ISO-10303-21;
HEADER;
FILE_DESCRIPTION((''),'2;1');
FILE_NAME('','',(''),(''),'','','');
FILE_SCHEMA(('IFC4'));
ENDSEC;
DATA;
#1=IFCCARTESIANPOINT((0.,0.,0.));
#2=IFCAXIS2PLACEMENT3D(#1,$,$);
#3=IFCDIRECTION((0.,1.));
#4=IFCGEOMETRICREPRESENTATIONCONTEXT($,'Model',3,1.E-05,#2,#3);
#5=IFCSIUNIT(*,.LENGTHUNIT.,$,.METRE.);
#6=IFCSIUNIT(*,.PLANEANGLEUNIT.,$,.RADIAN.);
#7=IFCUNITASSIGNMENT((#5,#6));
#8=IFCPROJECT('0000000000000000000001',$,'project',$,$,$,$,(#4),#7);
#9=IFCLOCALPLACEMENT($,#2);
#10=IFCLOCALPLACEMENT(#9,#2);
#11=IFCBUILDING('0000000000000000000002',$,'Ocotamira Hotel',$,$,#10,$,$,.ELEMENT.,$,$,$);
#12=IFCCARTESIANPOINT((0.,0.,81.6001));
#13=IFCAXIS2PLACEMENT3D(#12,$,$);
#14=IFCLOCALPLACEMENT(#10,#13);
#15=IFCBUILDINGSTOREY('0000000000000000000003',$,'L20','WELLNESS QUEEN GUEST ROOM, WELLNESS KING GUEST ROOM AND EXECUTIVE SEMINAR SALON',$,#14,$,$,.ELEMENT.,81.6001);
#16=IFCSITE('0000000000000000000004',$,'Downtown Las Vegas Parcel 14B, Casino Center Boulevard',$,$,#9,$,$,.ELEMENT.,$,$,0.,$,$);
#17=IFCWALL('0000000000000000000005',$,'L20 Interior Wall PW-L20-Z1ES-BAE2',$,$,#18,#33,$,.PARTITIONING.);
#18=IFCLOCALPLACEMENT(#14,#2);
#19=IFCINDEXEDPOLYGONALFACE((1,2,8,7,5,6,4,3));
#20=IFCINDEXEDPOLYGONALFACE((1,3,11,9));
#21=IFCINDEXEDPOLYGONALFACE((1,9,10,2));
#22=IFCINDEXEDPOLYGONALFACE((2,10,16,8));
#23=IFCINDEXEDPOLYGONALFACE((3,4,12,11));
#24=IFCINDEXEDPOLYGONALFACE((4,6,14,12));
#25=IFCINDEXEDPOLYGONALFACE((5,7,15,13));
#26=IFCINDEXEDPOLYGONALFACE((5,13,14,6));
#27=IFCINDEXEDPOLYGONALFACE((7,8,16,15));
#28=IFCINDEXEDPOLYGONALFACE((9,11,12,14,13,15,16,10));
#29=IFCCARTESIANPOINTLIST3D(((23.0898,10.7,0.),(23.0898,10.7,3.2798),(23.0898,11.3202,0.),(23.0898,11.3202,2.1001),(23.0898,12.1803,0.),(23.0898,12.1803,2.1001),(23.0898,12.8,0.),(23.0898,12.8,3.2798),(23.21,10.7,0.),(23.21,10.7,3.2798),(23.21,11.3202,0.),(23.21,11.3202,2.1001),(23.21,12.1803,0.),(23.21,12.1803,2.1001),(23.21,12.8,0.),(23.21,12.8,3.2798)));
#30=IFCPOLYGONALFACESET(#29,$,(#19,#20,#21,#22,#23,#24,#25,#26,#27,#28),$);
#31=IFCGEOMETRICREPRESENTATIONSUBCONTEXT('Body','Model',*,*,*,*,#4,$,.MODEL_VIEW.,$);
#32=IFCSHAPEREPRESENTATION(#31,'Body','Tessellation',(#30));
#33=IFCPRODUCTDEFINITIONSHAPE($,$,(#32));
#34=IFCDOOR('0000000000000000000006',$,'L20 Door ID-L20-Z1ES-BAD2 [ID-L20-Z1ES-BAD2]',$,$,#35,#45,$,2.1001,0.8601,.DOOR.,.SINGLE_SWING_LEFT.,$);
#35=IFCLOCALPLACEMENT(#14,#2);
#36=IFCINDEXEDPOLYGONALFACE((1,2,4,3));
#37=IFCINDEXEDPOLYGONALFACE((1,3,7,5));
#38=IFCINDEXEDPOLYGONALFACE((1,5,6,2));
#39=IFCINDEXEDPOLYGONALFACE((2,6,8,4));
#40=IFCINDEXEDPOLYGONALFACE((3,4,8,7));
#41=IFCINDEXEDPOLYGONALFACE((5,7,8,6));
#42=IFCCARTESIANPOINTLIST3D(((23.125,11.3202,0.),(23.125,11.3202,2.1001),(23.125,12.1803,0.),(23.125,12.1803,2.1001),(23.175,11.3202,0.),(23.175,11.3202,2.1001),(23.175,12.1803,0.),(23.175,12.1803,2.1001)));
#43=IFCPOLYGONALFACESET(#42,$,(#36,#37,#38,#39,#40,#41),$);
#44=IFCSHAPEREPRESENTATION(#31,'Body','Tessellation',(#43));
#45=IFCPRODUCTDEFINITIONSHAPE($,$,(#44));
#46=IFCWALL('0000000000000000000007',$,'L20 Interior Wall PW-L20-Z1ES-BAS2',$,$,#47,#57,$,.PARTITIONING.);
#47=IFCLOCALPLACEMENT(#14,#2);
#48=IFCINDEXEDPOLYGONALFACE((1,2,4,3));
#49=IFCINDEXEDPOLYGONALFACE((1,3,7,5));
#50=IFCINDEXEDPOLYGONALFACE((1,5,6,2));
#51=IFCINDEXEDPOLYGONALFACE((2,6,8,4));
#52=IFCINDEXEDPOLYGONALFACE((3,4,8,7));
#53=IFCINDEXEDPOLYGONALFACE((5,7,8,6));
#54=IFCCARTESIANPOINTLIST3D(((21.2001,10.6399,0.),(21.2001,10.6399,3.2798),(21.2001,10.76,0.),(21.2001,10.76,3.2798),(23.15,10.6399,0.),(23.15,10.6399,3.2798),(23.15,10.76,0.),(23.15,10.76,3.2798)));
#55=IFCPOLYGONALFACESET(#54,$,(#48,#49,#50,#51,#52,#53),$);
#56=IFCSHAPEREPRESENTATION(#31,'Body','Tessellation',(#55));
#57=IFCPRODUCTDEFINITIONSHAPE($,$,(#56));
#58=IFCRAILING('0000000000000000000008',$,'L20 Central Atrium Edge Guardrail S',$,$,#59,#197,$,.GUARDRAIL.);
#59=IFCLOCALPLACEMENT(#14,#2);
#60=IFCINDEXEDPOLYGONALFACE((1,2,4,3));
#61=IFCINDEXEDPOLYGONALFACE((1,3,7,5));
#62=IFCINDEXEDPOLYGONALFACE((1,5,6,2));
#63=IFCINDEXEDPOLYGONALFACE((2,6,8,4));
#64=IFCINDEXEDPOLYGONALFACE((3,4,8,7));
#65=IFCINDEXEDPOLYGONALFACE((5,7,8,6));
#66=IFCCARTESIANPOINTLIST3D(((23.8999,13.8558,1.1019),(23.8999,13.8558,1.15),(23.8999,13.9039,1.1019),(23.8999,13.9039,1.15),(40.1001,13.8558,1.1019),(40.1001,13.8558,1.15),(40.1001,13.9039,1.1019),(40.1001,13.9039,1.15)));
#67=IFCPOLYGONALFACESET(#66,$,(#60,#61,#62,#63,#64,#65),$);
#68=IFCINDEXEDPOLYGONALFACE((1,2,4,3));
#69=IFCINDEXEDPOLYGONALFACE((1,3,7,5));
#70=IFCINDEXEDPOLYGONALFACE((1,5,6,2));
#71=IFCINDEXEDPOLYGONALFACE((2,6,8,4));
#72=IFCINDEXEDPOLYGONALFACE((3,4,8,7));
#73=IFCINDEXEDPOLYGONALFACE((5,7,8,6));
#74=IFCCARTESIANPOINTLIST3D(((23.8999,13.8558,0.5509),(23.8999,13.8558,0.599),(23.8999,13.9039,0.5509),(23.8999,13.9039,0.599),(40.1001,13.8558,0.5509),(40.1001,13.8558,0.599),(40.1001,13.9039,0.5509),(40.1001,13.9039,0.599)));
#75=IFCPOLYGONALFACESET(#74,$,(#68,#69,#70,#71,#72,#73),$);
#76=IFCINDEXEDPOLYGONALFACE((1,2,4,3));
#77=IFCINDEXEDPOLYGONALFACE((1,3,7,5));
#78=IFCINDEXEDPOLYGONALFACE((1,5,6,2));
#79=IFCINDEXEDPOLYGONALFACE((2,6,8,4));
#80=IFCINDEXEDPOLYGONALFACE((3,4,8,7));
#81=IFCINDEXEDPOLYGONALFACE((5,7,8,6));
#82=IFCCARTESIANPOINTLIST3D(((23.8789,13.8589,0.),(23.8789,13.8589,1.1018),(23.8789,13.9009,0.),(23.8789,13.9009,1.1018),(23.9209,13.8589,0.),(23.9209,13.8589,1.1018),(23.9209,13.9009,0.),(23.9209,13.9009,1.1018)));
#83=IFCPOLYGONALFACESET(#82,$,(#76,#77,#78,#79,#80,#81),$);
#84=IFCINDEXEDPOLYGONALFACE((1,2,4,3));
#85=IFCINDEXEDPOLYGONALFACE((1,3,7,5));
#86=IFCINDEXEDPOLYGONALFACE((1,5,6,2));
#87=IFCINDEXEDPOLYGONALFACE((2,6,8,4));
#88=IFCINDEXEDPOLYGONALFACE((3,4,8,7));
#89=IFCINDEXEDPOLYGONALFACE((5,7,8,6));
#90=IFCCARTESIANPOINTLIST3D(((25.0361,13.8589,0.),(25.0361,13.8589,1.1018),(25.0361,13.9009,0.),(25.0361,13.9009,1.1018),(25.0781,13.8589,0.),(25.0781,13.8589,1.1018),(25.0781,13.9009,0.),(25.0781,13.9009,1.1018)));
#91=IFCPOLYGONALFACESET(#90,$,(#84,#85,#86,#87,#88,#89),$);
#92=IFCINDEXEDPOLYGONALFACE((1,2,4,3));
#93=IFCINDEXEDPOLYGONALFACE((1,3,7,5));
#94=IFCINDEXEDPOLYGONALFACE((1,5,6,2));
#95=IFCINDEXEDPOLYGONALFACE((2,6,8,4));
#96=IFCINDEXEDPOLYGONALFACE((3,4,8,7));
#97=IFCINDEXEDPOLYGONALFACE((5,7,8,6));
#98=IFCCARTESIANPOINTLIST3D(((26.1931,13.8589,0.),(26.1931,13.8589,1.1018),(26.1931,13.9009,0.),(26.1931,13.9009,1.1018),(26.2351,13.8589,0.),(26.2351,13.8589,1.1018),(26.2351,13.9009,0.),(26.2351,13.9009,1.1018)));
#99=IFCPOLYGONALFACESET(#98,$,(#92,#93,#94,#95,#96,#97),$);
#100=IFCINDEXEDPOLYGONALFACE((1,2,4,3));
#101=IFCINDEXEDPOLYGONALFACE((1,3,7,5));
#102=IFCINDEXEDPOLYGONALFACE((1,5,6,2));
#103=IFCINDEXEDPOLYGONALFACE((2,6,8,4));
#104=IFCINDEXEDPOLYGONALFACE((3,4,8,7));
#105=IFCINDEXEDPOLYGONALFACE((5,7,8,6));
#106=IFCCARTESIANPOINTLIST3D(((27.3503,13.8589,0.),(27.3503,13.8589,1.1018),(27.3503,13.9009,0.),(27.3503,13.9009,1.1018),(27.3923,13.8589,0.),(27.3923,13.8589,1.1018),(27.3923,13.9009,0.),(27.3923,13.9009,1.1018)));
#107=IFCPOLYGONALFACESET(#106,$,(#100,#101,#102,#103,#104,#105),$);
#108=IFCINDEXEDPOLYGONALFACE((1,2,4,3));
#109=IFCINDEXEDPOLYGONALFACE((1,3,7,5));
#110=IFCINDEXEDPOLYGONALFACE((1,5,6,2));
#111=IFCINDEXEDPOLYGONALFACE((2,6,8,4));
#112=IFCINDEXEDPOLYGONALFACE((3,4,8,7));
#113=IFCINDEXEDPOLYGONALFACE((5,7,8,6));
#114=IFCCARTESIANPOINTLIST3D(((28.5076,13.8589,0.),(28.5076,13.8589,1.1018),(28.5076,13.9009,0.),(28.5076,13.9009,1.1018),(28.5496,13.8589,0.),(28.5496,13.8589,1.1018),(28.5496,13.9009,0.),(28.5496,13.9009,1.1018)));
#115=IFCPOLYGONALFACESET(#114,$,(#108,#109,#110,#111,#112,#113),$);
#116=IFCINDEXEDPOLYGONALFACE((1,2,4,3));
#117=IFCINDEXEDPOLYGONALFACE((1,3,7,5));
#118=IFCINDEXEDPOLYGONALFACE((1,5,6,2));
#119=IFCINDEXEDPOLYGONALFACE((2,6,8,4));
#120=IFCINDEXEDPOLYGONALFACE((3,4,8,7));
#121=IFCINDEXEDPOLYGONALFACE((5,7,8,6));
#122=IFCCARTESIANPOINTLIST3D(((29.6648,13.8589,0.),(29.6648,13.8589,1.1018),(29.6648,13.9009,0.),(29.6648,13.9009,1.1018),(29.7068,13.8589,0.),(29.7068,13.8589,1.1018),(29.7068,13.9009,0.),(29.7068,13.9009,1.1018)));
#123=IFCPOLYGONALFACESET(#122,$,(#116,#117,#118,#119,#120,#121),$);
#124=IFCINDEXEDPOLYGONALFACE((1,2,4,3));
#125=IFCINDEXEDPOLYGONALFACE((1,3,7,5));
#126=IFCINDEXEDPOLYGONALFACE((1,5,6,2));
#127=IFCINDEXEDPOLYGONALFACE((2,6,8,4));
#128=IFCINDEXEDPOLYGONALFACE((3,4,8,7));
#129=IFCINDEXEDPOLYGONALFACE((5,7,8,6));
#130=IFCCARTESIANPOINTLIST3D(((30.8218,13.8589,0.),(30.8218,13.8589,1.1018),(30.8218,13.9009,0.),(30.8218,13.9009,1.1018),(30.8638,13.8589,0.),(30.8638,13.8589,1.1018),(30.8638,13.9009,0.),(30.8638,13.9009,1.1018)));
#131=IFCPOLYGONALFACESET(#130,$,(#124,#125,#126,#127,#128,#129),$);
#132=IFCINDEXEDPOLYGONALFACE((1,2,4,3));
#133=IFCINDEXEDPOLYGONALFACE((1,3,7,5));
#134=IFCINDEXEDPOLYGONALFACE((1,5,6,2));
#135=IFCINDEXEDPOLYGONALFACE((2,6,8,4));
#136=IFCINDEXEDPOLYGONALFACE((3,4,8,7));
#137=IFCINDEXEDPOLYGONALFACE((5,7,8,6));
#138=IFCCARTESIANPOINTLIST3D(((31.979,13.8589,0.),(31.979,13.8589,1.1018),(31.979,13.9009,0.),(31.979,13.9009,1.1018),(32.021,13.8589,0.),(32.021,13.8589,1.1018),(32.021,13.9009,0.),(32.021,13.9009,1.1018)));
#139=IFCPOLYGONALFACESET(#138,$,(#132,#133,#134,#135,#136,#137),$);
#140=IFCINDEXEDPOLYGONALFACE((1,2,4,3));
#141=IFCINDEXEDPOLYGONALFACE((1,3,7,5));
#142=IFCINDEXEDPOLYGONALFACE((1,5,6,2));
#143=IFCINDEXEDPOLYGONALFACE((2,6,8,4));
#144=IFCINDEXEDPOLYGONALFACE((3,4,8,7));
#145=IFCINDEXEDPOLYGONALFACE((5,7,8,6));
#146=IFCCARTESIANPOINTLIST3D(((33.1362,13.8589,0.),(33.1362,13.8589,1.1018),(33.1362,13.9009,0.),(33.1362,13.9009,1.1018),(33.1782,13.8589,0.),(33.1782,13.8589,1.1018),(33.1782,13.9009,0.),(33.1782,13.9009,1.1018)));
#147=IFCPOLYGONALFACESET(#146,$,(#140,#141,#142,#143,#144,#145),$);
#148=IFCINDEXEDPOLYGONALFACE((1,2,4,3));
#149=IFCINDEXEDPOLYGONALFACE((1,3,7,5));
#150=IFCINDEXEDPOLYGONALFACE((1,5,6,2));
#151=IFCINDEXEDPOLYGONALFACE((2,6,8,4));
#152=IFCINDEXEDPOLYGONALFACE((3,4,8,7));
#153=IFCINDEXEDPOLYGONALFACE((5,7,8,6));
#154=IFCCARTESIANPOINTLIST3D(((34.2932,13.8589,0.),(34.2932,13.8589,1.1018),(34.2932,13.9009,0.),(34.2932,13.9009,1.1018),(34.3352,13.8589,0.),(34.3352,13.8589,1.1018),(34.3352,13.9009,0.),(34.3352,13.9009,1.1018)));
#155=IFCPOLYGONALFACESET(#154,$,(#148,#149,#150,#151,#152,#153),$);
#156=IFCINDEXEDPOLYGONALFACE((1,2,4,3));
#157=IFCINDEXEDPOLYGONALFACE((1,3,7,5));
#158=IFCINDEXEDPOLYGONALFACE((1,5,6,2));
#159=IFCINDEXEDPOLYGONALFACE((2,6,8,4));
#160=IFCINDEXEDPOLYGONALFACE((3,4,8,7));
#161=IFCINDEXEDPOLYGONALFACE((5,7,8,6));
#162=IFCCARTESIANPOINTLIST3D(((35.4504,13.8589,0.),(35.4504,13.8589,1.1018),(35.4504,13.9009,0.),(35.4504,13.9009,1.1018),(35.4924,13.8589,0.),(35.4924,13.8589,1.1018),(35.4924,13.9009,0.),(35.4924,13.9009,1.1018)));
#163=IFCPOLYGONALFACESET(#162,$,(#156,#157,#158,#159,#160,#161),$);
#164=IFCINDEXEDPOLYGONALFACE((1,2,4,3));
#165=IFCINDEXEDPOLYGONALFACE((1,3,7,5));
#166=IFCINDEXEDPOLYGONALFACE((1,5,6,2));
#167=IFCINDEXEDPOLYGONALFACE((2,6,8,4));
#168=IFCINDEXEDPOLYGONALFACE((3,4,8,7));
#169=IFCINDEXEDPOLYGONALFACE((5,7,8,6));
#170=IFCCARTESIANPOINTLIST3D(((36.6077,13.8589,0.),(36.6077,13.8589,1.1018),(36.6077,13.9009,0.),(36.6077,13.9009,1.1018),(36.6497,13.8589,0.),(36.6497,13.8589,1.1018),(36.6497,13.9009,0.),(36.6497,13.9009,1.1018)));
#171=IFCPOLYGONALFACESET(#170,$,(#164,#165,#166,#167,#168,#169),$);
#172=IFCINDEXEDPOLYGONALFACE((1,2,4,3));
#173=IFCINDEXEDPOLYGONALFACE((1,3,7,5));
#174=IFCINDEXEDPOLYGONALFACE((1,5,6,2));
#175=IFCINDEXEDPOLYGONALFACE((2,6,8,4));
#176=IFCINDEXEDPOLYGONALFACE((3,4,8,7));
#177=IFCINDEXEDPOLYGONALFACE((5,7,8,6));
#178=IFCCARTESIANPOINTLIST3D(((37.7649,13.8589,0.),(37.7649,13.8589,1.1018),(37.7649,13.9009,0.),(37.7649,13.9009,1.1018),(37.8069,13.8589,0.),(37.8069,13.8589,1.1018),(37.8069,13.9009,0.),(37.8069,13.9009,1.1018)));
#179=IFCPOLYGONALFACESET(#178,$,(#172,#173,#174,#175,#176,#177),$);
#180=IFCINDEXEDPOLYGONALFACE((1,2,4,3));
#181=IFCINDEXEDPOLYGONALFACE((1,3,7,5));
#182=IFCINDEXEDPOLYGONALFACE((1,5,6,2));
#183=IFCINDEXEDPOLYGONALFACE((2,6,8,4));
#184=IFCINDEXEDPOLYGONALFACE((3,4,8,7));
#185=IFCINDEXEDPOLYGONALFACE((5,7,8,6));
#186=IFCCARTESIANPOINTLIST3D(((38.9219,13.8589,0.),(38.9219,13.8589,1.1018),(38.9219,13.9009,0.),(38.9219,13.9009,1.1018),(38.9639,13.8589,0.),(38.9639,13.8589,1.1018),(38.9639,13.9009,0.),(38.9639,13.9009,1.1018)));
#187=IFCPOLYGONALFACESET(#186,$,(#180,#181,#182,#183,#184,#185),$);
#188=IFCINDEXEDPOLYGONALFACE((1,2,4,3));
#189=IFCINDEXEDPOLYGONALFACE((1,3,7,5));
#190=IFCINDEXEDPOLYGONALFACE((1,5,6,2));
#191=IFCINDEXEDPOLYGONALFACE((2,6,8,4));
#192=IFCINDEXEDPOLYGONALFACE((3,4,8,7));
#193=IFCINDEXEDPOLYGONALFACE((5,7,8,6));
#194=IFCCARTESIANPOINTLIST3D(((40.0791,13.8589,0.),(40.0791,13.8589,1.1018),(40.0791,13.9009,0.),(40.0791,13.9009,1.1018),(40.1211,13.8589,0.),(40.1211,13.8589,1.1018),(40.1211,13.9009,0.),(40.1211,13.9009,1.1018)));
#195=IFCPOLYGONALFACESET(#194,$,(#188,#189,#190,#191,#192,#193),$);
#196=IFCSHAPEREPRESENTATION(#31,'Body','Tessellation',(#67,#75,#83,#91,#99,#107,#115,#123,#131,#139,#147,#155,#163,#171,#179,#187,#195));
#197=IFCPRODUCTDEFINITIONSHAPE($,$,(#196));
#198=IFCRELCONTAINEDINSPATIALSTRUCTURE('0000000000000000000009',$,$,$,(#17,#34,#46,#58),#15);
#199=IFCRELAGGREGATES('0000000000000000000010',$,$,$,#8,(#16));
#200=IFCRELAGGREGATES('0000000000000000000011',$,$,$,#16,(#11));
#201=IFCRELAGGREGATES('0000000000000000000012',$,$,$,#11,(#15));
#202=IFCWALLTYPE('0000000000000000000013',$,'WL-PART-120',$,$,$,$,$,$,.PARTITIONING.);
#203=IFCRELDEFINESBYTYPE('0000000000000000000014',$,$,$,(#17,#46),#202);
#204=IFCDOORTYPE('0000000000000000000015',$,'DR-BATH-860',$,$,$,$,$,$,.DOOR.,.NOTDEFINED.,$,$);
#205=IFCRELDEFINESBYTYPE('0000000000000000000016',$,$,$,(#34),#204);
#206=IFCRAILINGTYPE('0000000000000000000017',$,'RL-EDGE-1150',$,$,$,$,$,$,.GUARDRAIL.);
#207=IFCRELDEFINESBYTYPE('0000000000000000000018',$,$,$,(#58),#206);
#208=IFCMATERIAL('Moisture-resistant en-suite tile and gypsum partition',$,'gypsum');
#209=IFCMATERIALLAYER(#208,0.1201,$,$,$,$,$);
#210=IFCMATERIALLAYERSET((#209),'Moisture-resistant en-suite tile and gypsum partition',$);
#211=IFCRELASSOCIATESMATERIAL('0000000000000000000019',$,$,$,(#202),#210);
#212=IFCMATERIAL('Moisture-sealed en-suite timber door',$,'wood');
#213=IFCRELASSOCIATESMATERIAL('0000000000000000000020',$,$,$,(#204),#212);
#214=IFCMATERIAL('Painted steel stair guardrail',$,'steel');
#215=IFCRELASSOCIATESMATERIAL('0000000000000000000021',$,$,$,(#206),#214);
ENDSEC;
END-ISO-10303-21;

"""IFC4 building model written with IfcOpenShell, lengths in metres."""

from ifc_helpers import new_model, si_unit, direction, frame, frame_2d, origin, origin_2d, place, context, subcontext, project, spatial, rectangle, extrude, source, transform, mapped, material, layer, layer_set, type_object, element, fill, save


model = new_model("IFC4")

# Units and contexts
model_context = context("Model", 3, precision=1e-05, world=origin(), true_north=direction((0.0, 1.0)))
body_context = subcontext(model_context, "Body", "Model", "MODEL_VIEW")
ifc_project = project(units=[si_unit("LENGTHUNIT", "METRE"), si_unit("PLANEANGLEUNIT", "RADIAN")], contexts=[model_context])

# Site, building, storey
site_placement = place(None, origin())
site = spatial("IfcSite", under=ifc_project, at=site_placement, Name="Downtown Las Vegas Parcel 14B, Casino Center Boulevard", CompositionType="ELEMENT", RefElevation=0.0)
building_placement = place(site_placement, origin())
building = spatial("IfcBuilding", under=site, at=building_placement, Name="Ocotamira Hotel", CompositionType="ELEMENT")
storey_placement = place(building_placement, frame((0.0, 0.0, 81.6001)))
storey = spatial("IfcBuildingStorey", under=building, at=storey_placement, Name="L20", Description="WELLNESS QUEEN GUEST ROOM, WELLNESS KING GUEST ROOM AND EXECUTIVE SEMINAR SALON", CompositionType="ELEMENT", Elevation=81.6001)

# Shared definitions
ifc_material_1 = material(Name="Moisture-resistant en-suite tile and gypsum partition", Category="gypsum")
ifc_layer_1 = layer(ifc_material_1, 0.1201)
ifc_layer_set_1 = layer_set([ifc_layer_1], Name="Moisture-resistant en-suite tile and gypsum partition")
wall_type_1 = type_object("IfcWallType", Name="WL-PART-120", PredefinedType="PARTITIONING", material=ifc_layer_set_1)

# Wall, opening, door
wall_1_placement = place(storey_placement, frame((23.1499, 10.7, 0.0), z_axis=(0.0, 0.0, 1.0), x_axis=(0.0, 1.0, 0.0)))
wall_1 = element("IfcWall", 1, at=wall_1_placement, inside=storey, type_object=wall_type_1, Name="L20 Interior Wall PW-L20-Z1ES-BAE2", PredefinedType="PARTITIONING", context=body_context, shape_type="SweptSolid", body=[
    extrude(rectangle(XDim=2.1001, YDim=0.1201, at=frame_2d((1.05, 0.0))), origin(), (0.0, 0.0, 1.0), 3.2798),
])
opening_1_placement = place(wall_1_placement, frame((0.6201, 0.0, 0.0)))
opening_1 = element("IfcOpeningElement", 2, at=opening_1_placement, cuts=wall_1, PredefinedType="OPENING", context=body_context, shape_type="SweptSolid", body=[
    extrude(rectangle(XDim=0.8601, YDim=2.1001, at=frame_2d((0.4302, 1.05))), frame((0.0, 0.0701, 0.0), z_axis=(0.0, -1.0, 0.0), x_axis=(1.0, 0.0, 0.0)), (0.0, 0.0, 1.0), 0.1401),
])
ifc_material_2 = material(Name="Moisture-sealed en-suite timber door", Category="wood")
door_type_1 = type_object("IfcDoorType", Name="DR-BATH-860", OperationType="NOTDEFINED", PredefinedType="DOOR", material=ifc_material_2)
shared_shape_1 = source(origin(), body_context, "Body", "SweptSolid", [
    extrude(rectangle(XDim=0.8601, YDim=2.1001, at=frame_2d((0.4302, 1.05))), frame((0.0, 0.0249, 0.0), z_axis=(0.0, -1.0, 0.0), x_axis=(1.0, 0.0, 0.0)), (0.0, 0.0, 1.0), 0.05),
])
door_1_placement = place(opening_1_placement, origin())
door_1 = element("IfcDoor", 3, at=door_1_placement, inside=storey, type_object=door_type_1, Name="L20 Door ID-L20-Z1ES-BAD2 [ID-L20-Z1ES-BAD2]", OperationType="SINGLE_SWING_LEFT", OverallHeight=2.1001, OverallWidth=0.8601, PredefinedType="DOOR", context=body_context, shape_type="MappedRepresentation", body=[
    mapped(shared_shape_1, transform((0.0, 0.0, 0.0), scale=1.0)),
])
fill(opening_1, door_1)

# Wall
wall_2_placement = place(storey_placement, frame((21.2, 10.7, 0.0), z_axis=(0.0, 0.0, 1.0), x_axis=(1.0, 0.0, 0.0)))
element("IfcWall", 4, at=wall_2_placement, inside=storey, type_object=wall_type_1, Name="L20 Interior Wall PW-L20-Z1ES-BAS2", PredefinedType="PARTITIONING", context=body_context, shape_type="SweptSolid", body=[
    extrude(rectangle(XDim=1.95, YDim=0.1201, at=frame_2d((0.9751, 0.0))), origin(), (0.0, 0.0, 1.0), 3.2798),
])

# Railing
ifc_material_3 = material(Name="Painted steel stair guardrail", Category="steel")
railing_type = type_object("IfcRailingType", Name="RL-EDGE-1150", PredefinedType="GUARDRAIL", material=ifc_material_3)
railing_placement = place(storey_placement, frame((23.8999, 13.8799, 0.0)))
element("IfcRailing", 5, at=railing_placement, inside=storey, type_object=railing_type, Name="L20 Central Atrium Edge Guardrail S", PredefinedType="GUARDRAIL", context=body_context, shape_type="SweptSolid", body=[
    extrude(rectangle(XDim=0.0481, YDim=0.0481, at=origin_2d()), frame((0.0, 0.0, 1.126), z_axis=(1.0, 0.0, 0.0), x_axis=(0.0, 1.0, 0.0)), (0.0, 0.0, 1.0), 16.2002),
    extrude(rectangle(XDim=0.0481, YDim=0.0481, at=origin_2d()), frame((0.0, 0.0, 0.575), z_axis=(1.0, 0.0, 0.0), x_axis=(0.0, 1.0, 0.0)), (0.0, 0.0, 1.0), 16.2002),
    extrude(rectangle(XDim=0.042, YDim=0.042, at=origin_2d()), origin(), (0.0, 0.0, 1.0), 1.1018),
    extrude(rectangle(XDim=0.042, YDim=0.042, at=origin_2d()), frame((1.1572, 0.0, 0.0)), (0.0, 0.0, 1.0), 1.1018),
    extrude(rectangle(XDim=0.042, YDim=0.042, at=origin_2d()), frame((2.3142, 0.0, 0.0)), (0.0, 0.0, 1.0), 1.1018),
    extrude(rectangle(XDim=0.042, YDim=0.042, at=origin_2d()), frame((3.4714, 0.0, 0.0)), (0.0, 0.0, 1.0), 1.1018),
    extrude(rectangle(XDim=0.042, YDim=0.042, at=origin_2d()), frame((4.6287, 0.0, 0.0)), (0.0, 0.0, 1.0), 1.1018),
    extrude(rectangle(XDim=0.042, YDim=0.042, at=origin_2d()), frame((5.7859, 0.0, 0.0)), (0.0, 0.0, 1.0), 1.1018),
    extrude(rectangle(XDim=0.042, YDim=0.042, at=origin_2d()), frame((6.9429, 0.0, 0.0)), (0.0, 0.0, 1.0), 1.1018),
    extrude(rectangle(XDim=0.042, YDim=0.042, at=origin_2d()), frame((8.1001, 0.0, 0.0)), (0.0, 0.0, 1.0), 1.1018),
    extrude(rectangle(XDim=0.042, YDim=0.042, at=origin_2d()), frame((9.2573, 0.0, 0.0)), (0.0, 0.0, 1.0), 1.1018),
    extrude(rectangle(XDim=0.042, YDim=0.042, at=origin_2d()), frame((10.4143, 0.0, 0.0)), (0.0, 0.0, 1.0), 1.1018),
    extrude(rectangle(XDim=0.042, YDim=0.042, at=origin_2d()), frame((11.5715, 0.0, 0.0)), (0.0, 0.0, 1.0), 1.1018),
    extrude(rectangle(XDim=0.042, YDim=0.042, at=origin_2d()), frame((12.7288, 0.0, 0.0)), (0.0, 0.0, 1.0), 1.1018),
    extrude(rectangle(XDim=0.042, YDim=0.042, at=origin_2d()), frame((13.886, 0.0, 0.0)), (0.0, 0.0, 1.0), 1.1018),
    extrude(rectangle(XDim=0.042, YDim=0.042, at=origin_2d()), frame((15.043, 0.0, 0.0)), (0.0, 0.0, 1.0), 1.1018),
    extrude(rectangle(XDim=0.042, YDim=0.042, at=origin_2d()), frame((16.2002, 0.0, 0.0)), (0.0, 0.0, 1.0), 1.1018),
])

save(model, "model.ifc")
